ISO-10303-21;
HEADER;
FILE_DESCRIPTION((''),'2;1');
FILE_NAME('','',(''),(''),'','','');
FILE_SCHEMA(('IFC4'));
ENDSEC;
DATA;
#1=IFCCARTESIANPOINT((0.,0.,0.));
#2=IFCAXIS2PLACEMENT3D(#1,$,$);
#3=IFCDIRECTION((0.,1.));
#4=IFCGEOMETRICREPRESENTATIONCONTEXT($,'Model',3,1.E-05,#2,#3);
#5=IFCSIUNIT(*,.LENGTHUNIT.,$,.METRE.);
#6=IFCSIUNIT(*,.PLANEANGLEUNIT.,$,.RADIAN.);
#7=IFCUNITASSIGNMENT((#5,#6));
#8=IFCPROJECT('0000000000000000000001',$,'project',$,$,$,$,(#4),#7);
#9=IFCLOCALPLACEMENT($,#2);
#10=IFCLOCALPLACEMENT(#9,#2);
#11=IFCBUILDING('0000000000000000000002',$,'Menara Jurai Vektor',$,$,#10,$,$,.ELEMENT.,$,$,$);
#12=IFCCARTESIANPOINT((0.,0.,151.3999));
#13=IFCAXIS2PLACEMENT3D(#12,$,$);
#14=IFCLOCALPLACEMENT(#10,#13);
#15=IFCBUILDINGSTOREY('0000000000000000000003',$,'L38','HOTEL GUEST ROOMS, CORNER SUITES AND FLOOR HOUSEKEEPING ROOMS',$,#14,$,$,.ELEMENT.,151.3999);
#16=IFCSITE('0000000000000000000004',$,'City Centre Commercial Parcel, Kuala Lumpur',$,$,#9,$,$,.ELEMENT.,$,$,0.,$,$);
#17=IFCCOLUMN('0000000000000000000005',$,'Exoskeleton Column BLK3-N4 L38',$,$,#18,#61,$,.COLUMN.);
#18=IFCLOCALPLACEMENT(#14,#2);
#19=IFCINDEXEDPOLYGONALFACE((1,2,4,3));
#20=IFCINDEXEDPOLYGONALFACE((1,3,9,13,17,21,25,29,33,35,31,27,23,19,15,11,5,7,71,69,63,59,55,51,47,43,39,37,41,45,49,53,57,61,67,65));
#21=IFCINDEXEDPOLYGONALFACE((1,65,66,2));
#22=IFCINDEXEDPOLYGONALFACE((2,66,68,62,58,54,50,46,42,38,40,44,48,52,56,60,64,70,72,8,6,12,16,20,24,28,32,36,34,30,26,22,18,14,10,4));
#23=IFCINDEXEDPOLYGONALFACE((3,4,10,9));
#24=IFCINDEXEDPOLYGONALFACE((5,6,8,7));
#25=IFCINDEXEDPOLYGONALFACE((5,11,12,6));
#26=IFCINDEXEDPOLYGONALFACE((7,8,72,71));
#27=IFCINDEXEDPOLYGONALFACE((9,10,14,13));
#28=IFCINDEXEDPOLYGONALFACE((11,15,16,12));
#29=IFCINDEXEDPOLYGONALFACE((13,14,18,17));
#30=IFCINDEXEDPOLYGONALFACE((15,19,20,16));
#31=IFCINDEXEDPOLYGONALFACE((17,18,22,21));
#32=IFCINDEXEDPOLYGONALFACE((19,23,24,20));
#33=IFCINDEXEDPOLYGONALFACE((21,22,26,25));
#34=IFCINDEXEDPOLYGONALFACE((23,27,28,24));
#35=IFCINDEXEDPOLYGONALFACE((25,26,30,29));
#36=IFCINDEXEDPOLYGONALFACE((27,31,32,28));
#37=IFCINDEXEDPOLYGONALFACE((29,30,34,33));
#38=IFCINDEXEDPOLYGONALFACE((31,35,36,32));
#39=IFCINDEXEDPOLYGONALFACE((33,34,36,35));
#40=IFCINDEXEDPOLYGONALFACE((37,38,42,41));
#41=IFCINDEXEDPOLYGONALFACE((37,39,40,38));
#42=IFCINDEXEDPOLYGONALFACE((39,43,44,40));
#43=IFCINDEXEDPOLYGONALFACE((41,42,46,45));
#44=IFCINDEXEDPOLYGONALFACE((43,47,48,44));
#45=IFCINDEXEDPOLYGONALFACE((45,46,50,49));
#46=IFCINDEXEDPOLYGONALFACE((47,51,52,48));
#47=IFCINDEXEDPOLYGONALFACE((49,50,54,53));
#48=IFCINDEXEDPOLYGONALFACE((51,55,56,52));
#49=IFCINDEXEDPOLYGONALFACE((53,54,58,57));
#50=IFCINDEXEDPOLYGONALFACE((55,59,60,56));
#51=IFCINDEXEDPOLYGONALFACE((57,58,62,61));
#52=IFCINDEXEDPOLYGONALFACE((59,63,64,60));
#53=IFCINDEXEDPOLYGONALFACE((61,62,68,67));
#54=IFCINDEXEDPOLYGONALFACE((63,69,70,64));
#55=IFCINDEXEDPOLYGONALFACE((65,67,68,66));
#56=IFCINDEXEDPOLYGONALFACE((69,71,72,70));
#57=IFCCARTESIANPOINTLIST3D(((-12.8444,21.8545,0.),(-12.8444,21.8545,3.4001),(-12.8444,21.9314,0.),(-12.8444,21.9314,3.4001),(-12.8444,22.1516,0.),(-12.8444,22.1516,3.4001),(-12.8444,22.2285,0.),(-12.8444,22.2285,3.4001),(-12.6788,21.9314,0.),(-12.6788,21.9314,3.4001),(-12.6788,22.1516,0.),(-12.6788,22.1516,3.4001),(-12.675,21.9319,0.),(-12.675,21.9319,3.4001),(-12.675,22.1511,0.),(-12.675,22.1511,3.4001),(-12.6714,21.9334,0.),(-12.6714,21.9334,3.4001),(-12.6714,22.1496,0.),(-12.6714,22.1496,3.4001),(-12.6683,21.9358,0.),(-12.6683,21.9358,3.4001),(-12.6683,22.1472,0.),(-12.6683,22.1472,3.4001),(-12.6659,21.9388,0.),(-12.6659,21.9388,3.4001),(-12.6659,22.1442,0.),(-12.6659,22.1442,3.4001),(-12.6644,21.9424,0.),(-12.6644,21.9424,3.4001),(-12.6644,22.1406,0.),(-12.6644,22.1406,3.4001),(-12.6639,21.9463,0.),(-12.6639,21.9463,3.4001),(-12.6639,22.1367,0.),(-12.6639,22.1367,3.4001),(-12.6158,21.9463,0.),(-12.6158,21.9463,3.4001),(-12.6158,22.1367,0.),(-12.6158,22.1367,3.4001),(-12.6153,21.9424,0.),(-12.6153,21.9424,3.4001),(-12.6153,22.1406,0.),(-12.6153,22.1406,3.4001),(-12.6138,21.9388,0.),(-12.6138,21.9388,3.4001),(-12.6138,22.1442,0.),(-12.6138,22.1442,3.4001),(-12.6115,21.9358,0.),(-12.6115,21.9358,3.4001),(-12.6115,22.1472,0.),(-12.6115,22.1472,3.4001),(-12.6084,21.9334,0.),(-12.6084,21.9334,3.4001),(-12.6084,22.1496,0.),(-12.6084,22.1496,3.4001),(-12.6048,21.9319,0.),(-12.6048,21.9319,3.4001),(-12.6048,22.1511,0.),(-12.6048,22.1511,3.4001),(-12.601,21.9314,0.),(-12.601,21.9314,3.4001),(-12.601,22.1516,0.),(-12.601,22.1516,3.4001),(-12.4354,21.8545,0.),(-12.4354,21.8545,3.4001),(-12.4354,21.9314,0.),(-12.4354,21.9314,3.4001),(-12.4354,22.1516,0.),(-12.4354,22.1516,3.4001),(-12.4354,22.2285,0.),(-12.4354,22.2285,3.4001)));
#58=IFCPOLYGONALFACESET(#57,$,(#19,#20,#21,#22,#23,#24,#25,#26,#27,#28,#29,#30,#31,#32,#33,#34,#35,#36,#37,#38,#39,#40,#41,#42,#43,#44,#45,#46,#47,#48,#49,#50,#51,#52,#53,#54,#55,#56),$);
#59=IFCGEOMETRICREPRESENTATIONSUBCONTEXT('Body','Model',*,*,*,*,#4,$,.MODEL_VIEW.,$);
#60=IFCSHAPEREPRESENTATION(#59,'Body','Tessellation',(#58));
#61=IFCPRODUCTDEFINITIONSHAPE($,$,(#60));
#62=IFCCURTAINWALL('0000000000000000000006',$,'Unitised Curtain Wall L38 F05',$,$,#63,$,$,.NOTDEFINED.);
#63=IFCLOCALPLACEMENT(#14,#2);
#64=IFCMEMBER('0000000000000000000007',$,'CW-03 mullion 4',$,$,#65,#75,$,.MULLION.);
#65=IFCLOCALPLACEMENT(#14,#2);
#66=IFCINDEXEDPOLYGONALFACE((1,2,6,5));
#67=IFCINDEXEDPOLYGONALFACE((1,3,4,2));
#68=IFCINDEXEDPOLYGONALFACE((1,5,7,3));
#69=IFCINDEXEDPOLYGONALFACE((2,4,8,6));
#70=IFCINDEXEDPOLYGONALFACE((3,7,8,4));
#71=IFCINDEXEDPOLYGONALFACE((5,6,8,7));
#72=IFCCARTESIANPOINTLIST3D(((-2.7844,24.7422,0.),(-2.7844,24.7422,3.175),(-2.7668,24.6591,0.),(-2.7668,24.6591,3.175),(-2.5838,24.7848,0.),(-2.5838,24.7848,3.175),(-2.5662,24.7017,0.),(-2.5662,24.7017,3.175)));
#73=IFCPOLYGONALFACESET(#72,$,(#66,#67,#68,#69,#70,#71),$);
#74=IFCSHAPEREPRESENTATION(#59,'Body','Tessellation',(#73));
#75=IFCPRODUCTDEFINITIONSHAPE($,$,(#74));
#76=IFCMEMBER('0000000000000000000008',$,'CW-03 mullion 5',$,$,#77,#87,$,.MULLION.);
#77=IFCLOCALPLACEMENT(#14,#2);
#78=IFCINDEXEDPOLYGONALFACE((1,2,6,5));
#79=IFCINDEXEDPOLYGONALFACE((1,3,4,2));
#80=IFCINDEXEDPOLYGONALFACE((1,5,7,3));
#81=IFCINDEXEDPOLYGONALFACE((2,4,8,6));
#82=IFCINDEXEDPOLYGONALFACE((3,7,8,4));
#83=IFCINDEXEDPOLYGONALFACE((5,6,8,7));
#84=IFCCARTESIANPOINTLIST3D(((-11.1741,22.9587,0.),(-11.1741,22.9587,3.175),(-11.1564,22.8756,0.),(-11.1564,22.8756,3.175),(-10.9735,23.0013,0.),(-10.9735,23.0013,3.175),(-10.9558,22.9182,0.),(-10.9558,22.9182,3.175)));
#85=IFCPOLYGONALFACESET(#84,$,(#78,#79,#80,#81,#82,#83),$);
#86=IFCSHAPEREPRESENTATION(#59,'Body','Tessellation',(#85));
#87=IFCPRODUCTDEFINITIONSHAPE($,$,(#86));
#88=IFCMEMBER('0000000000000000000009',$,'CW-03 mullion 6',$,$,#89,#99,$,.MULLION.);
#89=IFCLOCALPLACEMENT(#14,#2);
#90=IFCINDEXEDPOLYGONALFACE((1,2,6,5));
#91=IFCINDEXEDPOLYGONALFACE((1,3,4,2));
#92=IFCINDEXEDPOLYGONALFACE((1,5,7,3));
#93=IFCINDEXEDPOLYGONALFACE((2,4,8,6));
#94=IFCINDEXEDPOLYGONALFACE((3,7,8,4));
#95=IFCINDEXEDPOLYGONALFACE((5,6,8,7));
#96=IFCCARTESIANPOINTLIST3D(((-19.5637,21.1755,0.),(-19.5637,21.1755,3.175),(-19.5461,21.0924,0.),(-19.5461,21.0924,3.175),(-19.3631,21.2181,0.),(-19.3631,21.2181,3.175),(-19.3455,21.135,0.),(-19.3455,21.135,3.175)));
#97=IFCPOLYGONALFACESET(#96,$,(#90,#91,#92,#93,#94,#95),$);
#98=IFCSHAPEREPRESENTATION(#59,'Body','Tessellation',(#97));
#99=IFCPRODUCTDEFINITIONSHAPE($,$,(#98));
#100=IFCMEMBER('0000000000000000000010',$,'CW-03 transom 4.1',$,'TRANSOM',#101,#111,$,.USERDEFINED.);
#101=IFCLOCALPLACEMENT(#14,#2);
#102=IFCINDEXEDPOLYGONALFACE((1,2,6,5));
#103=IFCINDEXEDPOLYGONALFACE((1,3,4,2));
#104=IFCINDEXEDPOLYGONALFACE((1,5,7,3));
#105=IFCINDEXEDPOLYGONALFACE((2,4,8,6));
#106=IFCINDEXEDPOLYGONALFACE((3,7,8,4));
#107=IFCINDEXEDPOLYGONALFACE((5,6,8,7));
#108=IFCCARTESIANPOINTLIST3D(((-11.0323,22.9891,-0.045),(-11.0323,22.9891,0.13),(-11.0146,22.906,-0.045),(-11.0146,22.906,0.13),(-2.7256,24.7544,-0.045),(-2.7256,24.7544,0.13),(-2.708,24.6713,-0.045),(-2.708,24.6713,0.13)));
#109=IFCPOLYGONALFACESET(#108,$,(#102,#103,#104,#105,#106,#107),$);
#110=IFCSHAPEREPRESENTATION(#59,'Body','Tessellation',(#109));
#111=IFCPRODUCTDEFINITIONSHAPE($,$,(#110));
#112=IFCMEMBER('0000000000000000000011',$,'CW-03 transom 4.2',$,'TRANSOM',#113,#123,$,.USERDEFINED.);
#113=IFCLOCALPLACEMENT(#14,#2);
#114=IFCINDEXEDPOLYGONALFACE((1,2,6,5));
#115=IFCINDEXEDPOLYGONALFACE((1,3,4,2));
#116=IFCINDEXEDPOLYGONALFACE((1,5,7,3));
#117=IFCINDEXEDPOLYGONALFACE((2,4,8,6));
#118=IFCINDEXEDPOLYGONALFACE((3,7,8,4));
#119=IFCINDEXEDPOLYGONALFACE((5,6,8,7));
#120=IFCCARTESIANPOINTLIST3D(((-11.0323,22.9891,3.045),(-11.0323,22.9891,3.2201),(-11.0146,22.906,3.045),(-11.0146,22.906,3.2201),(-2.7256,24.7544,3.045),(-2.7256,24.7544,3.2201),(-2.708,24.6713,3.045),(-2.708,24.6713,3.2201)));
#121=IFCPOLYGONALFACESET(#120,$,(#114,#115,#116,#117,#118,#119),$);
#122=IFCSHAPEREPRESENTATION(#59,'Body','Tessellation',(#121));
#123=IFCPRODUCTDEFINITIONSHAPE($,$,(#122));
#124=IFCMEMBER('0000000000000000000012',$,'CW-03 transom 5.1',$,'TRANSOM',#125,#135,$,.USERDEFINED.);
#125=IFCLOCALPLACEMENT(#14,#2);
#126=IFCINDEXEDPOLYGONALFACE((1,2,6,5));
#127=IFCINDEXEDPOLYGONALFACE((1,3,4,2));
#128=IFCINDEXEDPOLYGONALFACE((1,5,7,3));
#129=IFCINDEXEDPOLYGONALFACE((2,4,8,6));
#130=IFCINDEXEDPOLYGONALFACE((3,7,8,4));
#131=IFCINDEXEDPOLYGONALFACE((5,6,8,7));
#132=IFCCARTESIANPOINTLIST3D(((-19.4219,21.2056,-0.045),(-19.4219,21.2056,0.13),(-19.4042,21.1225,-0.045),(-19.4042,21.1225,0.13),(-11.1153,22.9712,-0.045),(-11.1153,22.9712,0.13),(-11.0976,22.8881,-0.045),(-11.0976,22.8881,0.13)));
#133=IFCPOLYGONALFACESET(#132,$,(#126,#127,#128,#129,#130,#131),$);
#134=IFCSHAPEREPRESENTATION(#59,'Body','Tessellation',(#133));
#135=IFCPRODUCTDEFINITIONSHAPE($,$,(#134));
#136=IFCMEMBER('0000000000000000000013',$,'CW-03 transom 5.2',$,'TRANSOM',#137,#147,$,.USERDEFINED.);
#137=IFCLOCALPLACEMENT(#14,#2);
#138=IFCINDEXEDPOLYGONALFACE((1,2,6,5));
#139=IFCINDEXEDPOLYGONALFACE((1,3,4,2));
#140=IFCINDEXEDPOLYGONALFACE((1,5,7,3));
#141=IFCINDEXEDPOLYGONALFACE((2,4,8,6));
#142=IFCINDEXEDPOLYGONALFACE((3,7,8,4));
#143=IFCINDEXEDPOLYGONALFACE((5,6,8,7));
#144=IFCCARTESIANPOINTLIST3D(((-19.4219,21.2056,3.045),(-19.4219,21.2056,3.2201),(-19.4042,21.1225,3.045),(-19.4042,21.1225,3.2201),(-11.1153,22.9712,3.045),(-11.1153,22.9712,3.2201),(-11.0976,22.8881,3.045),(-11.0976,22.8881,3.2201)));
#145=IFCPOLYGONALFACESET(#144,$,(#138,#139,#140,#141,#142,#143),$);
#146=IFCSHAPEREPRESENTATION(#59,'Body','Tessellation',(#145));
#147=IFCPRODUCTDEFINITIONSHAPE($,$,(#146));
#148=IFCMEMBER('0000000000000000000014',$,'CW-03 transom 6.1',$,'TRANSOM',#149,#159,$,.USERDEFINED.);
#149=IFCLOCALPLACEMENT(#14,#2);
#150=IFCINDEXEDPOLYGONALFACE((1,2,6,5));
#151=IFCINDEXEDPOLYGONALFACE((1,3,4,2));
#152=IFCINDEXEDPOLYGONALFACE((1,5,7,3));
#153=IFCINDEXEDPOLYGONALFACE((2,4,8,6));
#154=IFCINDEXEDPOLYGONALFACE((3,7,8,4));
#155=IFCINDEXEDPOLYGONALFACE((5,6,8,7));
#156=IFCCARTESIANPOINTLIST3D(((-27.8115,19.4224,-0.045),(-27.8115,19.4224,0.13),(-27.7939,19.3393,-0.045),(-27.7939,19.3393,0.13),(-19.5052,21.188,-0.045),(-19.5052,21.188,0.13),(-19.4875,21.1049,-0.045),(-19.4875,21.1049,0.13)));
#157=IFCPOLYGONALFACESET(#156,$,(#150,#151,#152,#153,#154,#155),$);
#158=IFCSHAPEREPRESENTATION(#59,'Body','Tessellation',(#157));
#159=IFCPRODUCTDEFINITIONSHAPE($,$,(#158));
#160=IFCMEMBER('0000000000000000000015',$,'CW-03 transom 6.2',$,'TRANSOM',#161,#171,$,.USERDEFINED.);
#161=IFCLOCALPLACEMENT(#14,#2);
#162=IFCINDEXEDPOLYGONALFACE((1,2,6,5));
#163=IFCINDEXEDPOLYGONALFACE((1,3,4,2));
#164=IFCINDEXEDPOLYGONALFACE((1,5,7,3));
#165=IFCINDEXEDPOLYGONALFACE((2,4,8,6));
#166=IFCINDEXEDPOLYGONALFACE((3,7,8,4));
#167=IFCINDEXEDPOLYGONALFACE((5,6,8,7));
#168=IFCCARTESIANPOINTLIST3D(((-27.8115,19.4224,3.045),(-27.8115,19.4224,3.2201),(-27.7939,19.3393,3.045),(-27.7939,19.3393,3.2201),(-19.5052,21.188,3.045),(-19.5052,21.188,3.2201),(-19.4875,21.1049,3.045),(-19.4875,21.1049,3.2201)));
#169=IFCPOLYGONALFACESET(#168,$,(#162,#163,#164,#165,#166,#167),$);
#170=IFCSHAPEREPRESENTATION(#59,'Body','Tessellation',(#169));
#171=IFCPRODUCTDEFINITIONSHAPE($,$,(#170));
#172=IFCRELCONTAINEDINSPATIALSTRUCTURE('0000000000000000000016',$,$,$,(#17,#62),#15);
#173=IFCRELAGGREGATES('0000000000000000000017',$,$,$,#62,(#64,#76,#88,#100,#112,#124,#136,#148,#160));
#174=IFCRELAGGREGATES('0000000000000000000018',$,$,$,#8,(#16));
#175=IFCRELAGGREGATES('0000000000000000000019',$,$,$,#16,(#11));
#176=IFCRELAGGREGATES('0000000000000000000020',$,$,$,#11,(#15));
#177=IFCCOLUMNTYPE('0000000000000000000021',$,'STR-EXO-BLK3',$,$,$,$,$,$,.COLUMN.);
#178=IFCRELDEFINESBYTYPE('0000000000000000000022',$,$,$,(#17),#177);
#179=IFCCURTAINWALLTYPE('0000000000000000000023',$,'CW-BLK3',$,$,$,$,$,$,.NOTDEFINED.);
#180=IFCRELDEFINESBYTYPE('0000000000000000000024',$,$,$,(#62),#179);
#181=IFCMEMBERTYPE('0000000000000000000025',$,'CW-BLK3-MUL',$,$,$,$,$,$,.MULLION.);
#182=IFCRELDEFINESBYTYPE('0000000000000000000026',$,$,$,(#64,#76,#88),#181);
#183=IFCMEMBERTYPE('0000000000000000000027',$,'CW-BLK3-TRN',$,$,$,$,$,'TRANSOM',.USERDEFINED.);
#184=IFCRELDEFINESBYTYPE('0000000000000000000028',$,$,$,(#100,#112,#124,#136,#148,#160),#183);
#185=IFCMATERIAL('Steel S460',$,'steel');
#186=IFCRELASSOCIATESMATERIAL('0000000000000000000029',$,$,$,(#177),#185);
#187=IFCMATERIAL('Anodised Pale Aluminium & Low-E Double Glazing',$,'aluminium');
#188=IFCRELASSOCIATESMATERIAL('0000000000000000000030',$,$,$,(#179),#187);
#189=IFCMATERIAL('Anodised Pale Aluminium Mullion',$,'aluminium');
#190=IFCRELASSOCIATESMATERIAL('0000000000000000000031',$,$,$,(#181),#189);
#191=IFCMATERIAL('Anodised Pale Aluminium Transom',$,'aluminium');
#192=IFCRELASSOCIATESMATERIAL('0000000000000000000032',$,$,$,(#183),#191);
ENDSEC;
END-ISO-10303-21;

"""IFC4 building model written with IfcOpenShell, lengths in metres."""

from ifc_helpers import new_model, si_unit, direction, frame, origin, origin_2d, place, context, subcontext, project, spatial, rectangle, i_section, extrude, material, material_profile, profile_set, type_object, element, aggregate, save


model = new_model("IFC4")

# Units and contexts
model_context = context("Model", 3, precision=1e-05, world=origin(), true_north=direction((0.0, 1.0)))
body_context = subcontext(model_context, "Body", "Model", "MODEL_VIEW")
ifc_project = project(units=[si_unit("LENGTHUNIT", "METRE"), si_unit("PLANEANGLEUNIT", "RADIAN")], contexts=[model_context])

# Site, building, storey
site_placement = place(None, origin())
site = spatial("IfcSite", under=ifc_project, at=site_placement, Name="City Centre Commercial Parcel, Kuala Lumpur", CompositionType="ELEMENT", RefElevation=0.0)
building_placement = place(site_placement, origin())
building = spatial("IfcBuilding", under=site, at=building_placement, Name="Menara Jurai Vektor", CompositionType="ELEMENT")
storey_placement = place(building_placement, frame((0.0, 0.0, 151.3999)))
storey = spatial("IfcBuildingStorey", under=building, at=storey_placement, Name="L38", Description="HOTEL GUEST ROOMS, CORNER SUITES AND FLOOR HOUSEKEEPING ROOMS", CompositionType="ELEMENT", Elevation=151.3999)

# Column
ifc_material_1 = material(Name="Steel S460", Category="steel")
ifc_material_profile_1 = material_profile(ifc_material_1, i_section(OverallWidth=0.4089, OverallDepth=0.374, WebThickness=0.0481, FlangeThickness=0.0769, FilletRadius=0.0149, at=origin_2d()), Name="HD 400x634")
ifc_profile_set_1 = profile_set([ifc_material_profile_1], Name="Steel S460")
column_type = type_object("IfcColumnType", Name="STR-EXO-BLK3", PredefinedType="COLUMN", material=ifc_profile_set_1)
column_placement = place(storey_placement, frame((-12.6399, 22.0415, 0.0), z_axis=(0.0, 0.0, 1.0), x_axis=(1.0, 0.0, 0.0)))
element("IfcColumn", 1, at=column_placement, inside=storey, type_object=column_type, Name="Exoskeleton Column BLK3-N4 L38", PredefinedType="COLUMN", context=body_context, shape_type="SweptSolid", body=[
    extrude(i_section(OverallWidth=0.4089, OverallDepth=0.374, WebThickness=0.0481, FlangeThickness=0.0769, FilletRadius=0.0149, at=origin_2d()), origin(), (0.0, 0.0, 1.0), 3.4001),
])

# Curtain wall, members
ifc_material_2 = material(Name="Anodised Pale Aluminium & Low-E Double Glazing", Category="aluminium")
curtain_wall_type = type_object("IfcCurtainWallType", Name="CW-BLK3", PredefinedType="NOTDEFINED", material=ifc_material_2)
curtain_wall_placement = place(storey_placement, origin())
curtain_wall = element("IfcCurtainWall", 2, at=curtain_wall_placement, inside=storey, type_object=curtain_wall_type, Name="Unitised Curtain Wall L38 F05", PredefinedType="NOTDEFINED")
ifc_material_3 = material(Name="Anodised Pale Aluminium Mullion", Category="aluminium")
ifc_material_profile_2 = material_profile(ifc_material_3, rectangle(XDim=0.085, YDim=0.2051, at=origin_2d()), Name="ALU MUL 85x205")
ifc_profile_set_2 = profile_set([ifc_material_profile_2], Name="Anodised Pale Aluminium Mullion")
member_type_1 = type_object("IfcMemberType", Name="CW-BLK3-MUL", PredefinedType="MULLION", material=ifc_profile_set_2)
member_1_placement = place(storey_placement, frame((-2.6753, 24.7219, 0.0), z_axis=(0.0, 0.0, 1.0), x_axis=(0.207911, -0.978148, 0.0)))
member_1 = element("IfcMember", 3, at=member_1_placement, type_object=member_type_1, Name="CW-03 mullion 4", PredefinedType="MULLION", context=body_context, shape_type="SweptSolid", body=[
    extrude(rectangle(XDim=0.085, YDim=0.2051, at=origin_2d()), origin(), (0.0, 0.0, 1.0), 3.175),
])
member_2_placement = place(storey_placement, frame((-11.0649, 22.9385, 0.0), z_axis=(0.0, 0.0, 1.0), x_axis=(0.207911, -0.978148, 0.0)))
member_2 = element("IfcMember", 4, at=member_2_placement, type_object=member_type_1, Name="CW-03 mullion 5", PredefinedType="MULLION", context=body_context, shape_type="SweptSolid", body=[
    extrude(rectangle(XDim=0.085, YDim=0.2051, at=origin_2d()), origin(), (0.0, 0.0, 1.0), 3.175),
])
member_3_placement = place(storey_placement, frame((-19.4546, 21.1553, 0.0), z_axis=(0.0, 0.0, 1.0), x_axis=(0.207911, -0.978148, 0.0)))
member_3 = element("IfcMember", 5, at=member_3_placement, type_object=member_type_1, Name="CW-03 mullion 6", PredefinedType="MULLION", context=body_context, shape_type="SweptSolid", body=[
    extrude(rectangle(XDim=0.085, YDim=0.2051, at=origin_2d()), origin(), (0.0, 0.0, 1.0), 3.175),
])
ifc_material_4 = material(Name="Anodised Pale Aluminium Transom", Category="aluminium")
ifc_material_profile_3 = material_profile(ifc_material_4, rectangle(XDim=0.085, YDim=0.175, at=origin_2d()), Name="ALU TRN 85x175")
ifc_profile_set_3 = profile_set([ifc_material_profile_3], Name="Anodised Pale Aluminium Transom")
member_type_2 = type_object("IfcMemberType", Name="CW-BLK3-TRN", ElementType="TRANSOM", PredefinedType="USERDEFINED", material=ifc_profile_set_3)
member_4_placement = place(storey_placement, frame((-2.7168, 24.7129, 0.0425), z_axis=(-0.978154, -0.207884, 0.0), x_axis=(0.207884, -0.978154, 0.0)))
member_4 = element("IfcMember", 6, at=member_4_placement, type_object=member_type_2, Name="CW-03 transom 4.1", ObjectType="TRANSOM", PredefinedType="USERDEFINED", context=body_context, shape_type="SweptSolid", body=[
    extrude(rectangle(XDim=0.085, YDim=0.175, at=origin_2d()), origin(), (0.0, 0.0, 1.0), 8.4922),
])
member_5_placement = place(storey_placement, frame((-2.7168, 24.7129, 3.1326), z_axis=(-0.978154, -0.207884, 0.0), x_axis=(0.207884, -0.978154, 0.0)))
member_5 = element("IfcMember", 7, at=member_5_placement, type_object=member_type_2, Name="CW-03 transom 4.2", ObjectType="TRANSOM", PredefinedType="USERDEFINED", context=body_context, shape_type="SweptSolid", body=[
    extrude(rectangle(XDim=0.085, YDim=0.175, at=origin_2d()), origin(), (0.0, 0.0, 1.0), 8.4922),
])
member_6_placement = place(storey_placement, frame((-11.1064, 22.9297, 0.0425), z_axis=(-0.978148, -0.207911, 0.0), x_axis=(0.207911, -0.978148, 0.0)))
member_6 = element("IfcMember", 8, at=member_6_placement, type_object=member_type_2, Name="CW-03 transom 5.1", ObjectType="TRANSOM", PredefinedType="USERDEFINED", context=body_context, shape_type="SweptSolid", body=[
    extrude(rectangle(XDim=0.085, YDim=0.175, at=origin_2d()), origin(), (0.0, 0.0, 1.0), 8.4922),
])
member_7_placement = place(storey_placement, frame((-11.1064, 22.9297, 3.1326), z_axis=(-0.978148, -0.207911, 0.0), x_axis=(0.207911, -0.978148, 0.0)))
member_7 = element("IfcMember", 9, at=member_7_placement, type_object=member_type_2, Name="CW-03 transom 5.2", ObjectType="TRANSOM", PredefinedType="USERDEFINED", context=body_context, shape_type="SweptSolid", body=[
    extrude(rectangle(XDim=0.085, YDim=0.175, at=origin_2d()), origin(), (0.0, 0.0, 1.0), 8.4922),
])
member_8_placement = place(storey_placement, frame((-19.4963, 21.1465, 0.0425), z_axis=(-0.978147, -0.207917, 0.0), x_axis=(0.207917, -0.978147, 0.0)))
member_8 = element("IfcMember", 10, at=member_8_placement, type_object=member_type_2, Name="CW-03 transom 6.1", ObjectType="TRANSOM", PredefinedType="USERDEFINED", context=body_context, shape_type="SweptSolid", body=[
    extrude(rectangle(XDim=0.085, YDim=0.175, at=origin_2d()), origin(), (0.0, 0.0, 1.0), 8.4919),
])
member_9_placement = place(storey_placement, frame((-19.4963, 21.1465, 3.1326), z_axis=(-0.978147, -0.207917, 0.0), x_axis=(0.207917, -0.978147, 0.0)))
member_9 = element("IfcMember", 11, at=member_9_placement, type_object=member_type_2, Name="CW-03 transom 6.2", ObjectType="TRANSOM", PredefinedType="USERDEFINED", context=body_context, shape_type="SweptSolid", body=[
    extrude(rectangle(XDim=0.085, YDim=0.175, at=origin_2d()), origin(), (0.0, 0.0, 1.0), 8.4919),
])

aggregate(curtain_wall, [member_1, member_2, member_3, member_4, member_5, member_6, member_7, member_8, member_9])

save(model, "model.ifc")
